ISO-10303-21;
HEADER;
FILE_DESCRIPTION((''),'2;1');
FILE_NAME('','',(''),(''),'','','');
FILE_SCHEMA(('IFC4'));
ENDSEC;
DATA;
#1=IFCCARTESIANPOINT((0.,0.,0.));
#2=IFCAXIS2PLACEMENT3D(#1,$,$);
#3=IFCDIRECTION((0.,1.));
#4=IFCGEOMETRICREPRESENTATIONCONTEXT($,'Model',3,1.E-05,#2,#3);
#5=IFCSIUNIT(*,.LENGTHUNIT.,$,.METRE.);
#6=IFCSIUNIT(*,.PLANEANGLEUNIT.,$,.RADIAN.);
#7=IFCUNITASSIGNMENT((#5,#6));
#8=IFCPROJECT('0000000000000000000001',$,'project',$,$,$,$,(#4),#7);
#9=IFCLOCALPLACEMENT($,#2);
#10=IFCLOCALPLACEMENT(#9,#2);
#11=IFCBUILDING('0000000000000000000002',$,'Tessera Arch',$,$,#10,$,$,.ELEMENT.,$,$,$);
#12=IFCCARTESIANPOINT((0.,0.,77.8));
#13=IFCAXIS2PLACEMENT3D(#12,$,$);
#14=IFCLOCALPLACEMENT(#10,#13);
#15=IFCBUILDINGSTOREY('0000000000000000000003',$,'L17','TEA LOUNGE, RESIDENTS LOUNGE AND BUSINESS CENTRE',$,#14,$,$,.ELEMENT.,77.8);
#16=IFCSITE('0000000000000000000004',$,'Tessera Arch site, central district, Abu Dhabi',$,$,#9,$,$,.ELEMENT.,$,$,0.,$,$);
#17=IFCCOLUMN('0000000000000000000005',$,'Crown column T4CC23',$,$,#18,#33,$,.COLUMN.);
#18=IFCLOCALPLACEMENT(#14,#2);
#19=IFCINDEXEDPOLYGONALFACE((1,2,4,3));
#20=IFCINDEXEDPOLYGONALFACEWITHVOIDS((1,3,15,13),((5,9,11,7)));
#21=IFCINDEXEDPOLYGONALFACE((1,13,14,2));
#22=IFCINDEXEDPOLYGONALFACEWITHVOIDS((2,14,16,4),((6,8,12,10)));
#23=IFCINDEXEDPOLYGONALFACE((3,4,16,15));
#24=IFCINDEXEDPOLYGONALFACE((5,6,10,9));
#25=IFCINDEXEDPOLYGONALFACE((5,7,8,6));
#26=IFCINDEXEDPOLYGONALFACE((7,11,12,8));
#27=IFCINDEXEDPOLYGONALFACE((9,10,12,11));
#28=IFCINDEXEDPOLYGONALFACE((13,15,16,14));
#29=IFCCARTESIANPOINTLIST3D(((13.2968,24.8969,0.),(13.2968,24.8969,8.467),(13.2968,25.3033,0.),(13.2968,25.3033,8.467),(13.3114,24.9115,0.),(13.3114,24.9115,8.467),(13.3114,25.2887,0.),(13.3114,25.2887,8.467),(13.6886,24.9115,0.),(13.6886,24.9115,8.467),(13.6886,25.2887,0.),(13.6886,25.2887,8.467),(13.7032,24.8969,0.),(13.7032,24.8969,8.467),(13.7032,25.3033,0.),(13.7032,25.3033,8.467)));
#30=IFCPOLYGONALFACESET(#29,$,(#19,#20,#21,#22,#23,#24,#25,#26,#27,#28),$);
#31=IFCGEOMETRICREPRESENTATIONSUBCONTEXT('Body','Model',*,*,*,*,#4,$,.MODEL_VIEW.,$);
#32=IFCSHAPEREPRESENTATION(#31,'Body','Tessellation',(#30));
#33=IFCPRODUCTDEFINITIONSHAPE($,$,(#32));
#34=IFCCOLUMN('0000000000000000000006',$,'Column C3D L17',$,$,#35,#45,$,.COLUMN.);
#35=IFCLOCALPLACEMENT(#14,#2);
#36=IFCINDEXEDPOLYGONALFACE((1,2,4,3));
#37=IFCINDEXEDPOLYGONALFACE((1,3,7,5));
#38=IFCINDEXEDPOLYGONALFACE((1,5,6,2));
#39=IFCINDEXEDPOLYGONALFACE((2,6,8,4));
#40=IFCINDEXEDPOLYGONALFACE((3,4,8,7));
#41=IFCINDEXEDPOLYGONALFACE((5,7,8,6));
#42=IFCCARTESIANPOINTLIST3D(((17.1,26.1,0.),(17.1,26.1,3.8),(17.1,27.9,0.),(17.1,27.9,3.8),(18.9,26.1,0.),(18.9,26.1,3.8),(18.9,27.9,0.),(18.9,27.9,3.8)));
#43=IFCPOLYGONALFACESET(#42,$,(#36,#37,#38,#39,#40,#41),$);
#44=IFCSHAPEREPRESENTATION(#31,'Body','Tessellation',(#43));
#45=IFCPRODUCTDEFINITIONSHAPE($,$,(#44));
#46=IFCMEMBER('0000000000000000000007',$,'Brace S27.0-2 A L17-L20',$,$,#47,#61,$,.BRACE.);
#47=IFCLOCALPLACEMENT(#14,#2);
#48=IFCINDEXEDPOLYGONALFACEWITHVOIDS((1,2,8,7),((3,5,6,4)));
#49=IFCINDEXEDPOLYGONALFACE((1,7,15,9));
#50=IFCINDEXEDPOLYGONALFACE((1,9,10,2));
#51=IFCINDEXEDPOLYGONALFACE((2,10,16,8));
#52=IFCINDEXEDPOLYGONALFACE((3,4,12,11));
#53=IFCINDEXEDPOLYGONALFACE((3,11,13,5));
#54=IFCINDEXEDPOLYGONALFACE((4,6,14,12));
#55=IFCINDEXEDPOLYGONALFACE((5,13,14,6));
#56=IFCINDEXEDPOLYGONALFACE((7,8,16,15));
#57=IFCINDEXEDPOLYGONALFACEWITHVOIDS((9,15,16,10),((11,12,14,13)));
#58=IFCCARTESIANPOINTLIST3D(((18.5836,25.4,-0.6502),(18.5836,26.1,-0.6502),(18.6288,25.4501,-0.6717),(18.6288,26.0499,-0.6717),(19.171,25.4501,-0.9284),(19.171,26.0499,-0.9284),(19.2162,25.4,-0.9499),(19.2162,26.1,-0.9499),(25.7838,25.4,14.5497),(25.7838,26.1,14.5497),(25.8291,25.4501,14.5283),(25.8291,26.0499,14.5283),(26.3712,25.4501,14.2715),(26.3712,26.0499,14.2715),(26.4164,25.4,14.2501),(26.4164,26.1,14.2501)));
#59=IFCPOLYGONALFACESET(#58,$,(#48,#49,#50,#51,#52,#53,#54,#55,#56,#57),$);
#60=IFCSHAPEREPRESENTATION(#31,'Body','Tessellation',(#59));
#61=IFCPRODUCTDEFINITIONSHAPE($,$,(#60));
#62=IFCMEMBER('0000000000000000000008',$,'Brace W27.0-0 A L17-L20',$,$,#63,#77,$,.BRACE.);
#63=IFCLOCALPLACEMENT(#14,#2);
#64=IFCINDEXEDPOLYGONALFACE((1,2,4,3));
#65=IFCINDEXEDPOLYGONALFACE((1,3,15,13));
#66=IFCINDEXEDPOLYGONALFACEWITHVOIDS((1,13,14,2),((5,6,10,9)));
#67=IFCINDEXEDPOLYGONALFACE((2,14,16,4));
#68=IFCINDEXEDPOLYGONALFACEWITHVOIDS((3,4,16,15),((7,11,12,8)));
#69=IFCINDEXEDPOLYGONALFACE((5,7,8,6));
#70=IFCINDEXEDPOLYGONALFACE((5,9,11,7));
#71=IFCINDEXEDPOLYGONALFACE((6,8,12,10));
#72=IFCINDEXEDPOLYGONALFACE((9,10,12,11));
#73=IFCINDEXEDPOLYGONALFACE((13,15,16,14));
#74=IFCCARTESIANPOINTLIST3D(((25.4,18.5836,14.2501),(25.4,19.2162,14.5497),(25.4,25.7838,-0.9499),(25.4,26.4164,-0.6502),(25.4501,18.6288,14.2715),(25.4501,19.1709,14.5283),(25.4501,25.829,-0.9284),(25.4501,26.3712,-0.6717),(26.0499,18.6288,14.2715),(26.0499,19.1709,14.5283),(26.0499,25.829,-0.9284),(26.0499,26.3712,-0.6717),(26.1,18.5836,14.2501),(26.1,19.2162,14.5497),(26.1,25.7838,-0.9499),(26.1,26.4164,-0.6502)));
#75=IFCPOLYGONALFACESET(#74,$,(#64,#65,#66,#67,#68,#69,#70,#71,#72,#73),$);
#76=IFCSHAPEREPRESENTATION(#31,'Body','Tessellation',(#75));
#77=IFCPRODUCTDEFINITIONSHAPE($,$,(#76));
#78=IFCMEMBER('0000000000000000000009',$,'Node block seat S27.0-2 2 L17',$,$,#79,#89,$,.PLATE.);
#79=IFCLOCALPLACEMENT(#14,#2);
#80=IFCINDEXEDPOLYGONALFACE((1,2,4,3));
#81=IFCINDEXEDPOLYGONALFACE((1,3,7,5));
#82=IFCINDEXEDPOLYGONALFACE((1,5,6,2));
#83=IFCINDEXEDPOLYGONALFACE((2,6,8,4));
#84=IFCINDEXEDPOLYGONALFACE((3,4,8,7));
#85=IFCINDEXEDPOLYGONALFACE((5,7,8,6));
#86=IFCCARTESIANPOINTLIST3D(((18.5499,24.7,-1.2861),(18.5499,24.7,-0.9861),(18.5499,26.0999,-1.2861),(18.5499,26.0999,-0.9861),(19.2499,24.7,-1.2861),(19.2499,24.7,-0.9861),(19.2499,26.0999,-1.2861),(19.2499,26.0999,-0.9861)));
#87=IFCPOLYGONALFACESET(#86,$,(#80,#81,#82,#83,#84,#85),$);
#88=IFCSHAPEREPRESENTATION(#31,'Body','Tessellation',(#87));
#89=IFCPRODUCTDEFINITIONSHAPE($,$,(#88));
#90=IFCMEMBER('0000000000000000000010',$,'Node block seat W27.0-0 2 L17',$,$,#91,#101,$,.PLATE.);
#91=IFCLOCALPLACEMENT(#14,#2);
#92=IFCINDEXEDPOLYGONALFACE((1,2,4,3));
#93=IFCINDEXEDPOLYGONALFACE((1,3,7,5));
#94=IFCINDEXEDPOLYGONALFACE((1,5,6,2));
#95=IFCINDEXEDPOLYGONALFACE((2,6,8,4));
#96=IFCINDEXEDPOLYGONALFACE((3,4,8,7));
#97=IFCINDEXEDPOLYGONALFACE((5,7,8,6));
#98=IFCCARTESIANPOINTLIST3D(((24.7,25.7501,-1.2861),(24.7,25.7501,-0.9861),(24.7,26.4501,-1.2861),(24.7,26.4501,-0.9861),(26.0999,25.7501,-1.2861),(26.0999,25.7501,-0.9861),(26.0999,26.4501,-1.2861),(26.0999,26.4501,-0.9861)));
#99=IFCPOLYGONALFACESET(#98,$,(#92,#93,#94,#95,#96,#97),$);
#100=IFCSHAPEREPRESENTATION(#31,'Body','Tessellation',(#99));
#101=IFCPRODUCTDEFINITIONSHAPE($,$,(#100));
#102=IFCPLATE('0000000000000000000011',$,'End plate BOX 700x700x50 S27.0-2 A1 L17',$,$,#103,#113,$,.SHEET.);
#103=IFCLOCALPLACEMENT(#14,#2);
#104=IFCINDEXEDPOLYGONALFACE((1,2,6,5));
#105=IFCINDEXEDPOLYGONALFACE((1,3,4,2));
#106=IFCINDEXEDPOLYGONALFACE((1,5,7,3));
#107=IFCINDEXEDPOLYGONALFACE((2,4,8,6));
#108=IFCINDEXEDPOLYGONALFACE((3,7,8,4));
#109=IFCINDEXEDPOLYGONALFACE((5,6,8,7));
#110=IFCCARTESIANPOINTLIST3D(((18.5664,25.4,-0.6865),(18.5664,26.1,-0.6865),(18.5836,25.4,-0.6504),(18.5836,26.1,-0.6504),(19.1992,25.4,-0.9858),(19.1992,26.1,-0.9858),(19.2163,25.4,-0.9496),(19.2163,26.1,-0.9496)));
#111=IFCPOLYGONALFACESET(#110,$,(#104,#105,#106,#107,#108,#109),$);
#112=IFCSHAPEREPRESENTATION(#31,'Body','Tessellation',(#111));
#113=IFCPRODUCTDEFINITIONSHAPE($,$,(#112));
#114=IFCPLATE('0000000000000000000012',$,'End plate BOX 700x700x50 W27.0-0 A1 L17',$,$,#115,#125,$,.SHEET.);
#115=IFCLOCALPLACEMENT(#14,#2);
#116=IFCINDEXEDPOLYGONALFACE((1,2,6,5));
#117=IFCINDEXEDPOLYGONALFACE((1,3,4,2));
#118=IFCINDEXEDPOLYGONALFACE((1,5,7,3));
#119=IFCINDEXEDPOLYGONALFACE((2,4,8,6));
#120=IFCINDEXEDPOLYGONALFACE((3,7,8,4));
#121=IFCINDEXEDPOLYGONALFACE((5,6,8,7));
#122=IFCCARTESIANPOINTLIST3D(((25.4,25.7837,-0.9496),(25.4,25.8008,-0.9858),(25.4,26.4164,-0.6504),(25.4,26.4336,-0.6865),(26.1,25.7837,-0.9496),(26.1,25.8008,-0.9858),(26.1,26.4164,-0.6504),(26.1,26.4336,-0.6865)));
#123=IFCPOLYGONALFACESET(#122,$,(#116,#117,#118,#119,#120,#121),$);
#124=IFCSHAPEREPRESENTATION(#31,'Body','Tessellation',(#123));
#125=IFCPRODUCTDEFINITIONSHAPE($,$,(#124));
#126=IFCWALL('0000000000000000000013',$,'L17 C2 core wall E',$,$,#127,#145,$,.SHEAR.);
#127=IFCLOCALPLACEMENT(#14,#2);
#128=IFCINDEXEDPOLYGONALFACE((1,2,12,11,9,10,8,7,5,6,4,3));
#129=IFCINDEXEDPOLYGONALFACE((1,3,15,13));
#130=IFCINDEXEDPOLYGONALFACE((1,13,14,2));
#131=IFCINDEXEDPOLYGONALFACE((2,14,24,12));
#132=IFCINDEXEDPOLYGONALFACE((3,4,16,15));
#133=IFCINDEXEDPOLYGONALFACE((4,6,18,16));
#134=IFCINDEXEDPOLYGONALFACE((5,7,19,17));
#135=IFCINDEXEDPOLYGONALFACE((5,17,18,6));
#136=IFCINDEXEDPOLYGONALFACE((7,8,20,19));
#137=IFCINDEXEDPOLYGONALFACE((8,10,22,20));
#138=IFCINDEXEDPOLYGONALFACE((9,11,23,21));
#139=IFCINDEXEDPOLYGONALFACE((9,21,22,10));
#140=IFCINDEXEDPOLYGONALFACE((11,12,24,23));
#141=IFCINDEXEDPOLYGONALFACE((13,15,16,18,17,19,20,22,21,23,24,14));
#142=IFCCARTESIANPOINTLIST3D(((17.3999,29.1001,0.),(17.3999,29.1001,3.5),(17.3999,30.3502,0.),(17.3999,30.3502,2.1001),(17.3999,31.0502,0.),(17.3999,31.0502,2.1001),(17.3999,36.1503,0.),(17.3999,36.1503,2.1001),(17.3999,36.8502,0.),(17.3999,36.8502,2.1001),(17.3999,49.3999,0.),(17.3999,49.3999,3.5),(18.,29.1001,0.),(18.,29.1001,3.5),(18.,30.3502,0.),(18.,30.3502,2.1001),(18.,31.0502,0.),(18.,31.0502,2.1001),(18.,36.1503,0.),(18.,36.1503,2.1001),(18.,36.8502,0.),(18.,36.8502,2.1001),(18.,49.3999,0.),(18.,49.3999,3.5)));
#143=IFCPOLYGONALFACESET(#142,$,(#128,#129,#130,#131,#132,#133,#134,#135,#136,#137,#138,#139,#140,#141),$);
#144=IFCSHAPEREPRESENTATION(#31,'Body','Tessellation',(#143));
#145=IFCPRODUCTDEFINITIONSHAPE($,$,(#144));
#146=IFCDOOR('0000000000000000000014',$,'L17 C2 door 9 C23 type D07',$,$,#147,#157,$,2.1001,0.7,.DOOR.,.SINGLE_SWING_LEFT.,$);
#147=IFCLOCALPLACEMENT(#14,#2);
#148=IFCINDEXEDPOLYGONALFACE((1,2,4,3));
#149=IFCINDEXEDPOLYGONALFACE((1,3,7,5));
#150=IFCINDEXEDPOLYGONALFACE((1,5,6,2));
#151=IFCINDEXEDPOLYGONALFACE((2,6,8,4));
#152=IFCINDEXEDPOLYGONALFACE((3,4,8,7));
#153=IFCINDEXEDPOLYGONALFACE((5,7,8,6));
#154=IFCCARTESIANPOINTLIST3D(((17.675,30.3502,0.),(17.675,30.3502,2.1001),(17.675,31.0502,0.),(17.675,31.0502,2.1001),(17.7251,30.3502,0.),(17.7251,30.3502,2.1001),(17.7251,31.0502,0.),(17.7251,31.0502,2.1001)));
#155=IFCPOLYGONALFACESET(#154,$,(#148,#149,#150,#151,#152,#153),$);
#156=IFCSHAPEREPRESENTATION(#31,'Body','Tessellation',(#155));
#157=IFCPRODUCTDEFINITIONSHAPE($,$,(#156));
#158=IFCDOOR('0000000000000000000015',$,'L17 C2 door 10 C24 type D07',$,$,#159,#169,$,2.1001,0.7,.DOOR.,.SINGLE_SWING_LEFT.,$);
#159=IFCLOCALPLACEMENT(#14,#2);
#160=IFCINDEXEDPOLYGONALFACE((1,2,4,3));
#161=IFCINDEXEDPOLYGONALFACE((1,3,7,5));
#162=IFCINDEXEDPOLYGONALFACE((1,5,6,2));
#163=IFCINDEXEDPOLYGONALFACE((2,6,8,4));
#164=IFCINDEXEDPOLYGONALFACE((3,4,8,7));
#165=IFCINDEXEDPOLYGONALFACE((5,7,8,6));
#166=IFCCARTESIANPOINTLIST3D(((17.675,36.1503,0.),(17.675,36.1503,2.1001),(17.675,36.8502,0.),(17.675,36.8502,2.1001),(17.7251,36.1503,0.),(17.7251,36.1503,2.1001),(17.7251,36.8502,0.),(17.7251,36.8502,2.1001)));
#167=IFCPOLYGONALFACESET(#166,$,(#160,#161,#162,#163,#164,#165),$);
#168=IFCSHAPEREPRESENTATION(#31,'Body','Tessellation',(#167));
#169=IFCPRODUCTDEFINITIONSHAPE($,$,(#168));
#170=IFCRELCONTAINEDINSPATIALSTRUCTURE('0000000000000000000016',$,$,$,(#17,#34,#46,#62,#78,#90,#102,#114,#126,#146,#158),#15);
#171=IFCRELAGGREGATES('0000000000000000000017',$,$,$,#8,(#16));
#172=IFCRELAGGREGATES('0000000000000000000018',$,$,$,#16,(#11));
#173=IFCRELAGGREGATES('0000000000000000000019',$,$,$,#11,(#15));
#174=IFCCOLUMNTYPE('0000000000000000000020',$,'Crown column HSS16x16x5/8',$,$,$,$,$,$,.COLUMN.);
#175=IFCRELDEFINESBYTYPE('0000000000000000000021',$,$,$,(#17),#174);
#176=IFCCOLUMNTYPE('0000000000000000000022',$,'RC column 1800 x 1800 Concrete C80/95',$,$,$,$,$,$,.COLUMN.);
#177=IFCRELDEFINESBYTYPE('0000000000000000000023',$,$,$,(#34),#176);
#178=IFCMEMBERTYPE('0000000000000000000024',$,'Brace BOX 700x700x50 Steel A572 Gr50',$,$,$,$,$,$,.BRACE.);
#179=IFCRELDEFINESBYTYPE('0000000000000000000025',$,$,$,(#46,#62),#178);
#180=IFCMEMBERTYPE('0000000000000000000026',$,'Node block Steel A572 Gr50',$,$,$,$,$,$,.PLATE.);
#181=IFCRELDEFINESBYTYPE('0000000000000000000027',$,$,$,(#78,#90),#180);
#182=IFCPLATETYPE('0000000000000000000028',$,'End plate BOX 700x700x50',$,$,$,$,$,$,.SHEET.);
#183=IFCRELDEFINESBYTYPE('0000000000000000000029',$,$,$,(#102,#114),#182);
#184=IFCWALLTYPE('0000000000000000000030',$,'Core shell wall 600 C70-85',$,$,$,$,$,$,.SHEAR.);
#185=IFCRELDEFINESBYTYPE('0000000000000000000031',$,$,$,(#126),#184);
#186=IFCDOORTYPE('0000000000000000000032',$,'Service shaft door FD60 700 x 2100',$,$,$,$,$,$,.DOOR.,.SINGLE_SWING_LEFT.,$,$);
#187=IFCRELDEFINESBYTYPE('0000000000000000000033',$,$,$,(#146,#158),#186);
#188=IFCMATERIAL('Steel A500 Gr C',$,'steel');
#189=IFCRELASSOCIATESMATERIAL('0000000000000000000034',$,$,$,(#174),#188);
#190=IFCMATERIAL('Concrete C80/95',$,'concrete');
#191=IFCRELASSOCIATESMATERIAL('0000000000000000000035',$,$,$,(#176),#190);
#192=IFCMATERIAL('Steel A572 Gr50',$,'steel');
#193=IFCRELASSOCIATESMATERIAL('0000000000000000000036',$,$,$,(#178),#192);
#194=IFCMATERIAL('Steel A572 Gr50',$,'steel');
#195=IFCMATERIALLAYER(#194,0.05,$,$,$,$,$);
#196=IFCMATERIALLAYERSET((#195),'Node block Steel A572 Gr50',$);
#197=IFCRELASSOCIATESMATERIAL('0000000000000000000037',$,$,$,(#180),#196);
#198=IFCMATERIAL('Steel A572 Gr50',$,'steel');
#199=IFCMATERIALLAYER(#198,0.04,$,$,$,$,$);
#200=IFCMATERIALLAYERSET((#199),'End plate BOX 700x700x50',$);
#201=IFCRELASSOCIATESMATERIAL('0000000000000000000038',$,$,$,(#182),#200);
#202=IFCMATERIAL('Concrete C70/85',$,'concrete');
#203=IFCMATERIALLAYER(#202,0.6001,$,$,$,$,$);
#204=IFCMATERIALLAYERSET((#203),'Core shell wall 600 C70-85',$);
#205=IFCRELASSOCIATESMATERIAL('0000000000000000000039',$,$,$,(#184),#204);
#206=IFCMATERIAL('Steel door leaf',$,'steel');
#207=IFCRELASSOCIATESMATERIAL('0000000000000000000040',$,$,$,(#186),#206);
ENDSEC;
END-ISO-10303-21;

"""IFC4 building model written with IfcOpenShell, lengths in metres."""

from ifc_helpers import new_model, si_unit, direction, frame, frame_2d, origin, origin_2d, place, context, subcontext, project, spatial, rectangle, hollow_rectangle, extrude, material, layer, layer_set, material_profile, profile_set, type_object, element, fill, save


model = new_model("IFC4")

# Units and contexts
model_context = context("Model", 3, precision=1e-05, world=origin(), true_north=direction((0.0, 1.0)))
body_context = subcontext(model_context, "Body", "Model", "MODEL_VIEW")
ifc_project = project(units=[si_unit("LENGTHUNIT", "METRE"), si_unit("PLANEANGLEUNIT", "RADIAN")], contexts=[model_context])

# Site, building, storey
site_placement = place(None, origin())
site = spatial("IfcSite", under=ifc_project, at=site_placement, Name="Tessera Arch site, central district, Abu Dhabi", CompositionType="ELEMENT", RefElevation=0.0)
building_placement = place(site_placement, origin())
building = spatial("IfcBuilding", under=site, at=building_placement, Name="Tessera Arch", CompositionType="ELEMENT")
storey_placement = place(building_placement, frame((0.0, 0.0, 77.8)))
storey = spatial("IfcBuildingStorey", under=building, at=storey_placement, Name="L17", Description="TEA LOUNGE, RESIDENTS LOUNGE AND BUSINESS CENTRE", CompositionType="ELEMENT", Elevation=77.8)

# Columns
ifc_material_1 = material(Name="Steel A500 Gr C", Category="steel")
ifc_material_profile_1 = material_profile(ifc_material_1, hollow_rectangle(XDim=0.4065, YDim=0.4065, WallThickness=0.0146, at=origin_2d()), Name="HSS16x16x5/8")
ifc_profile_set_1 = profile_set([ifc_material_profile_1], Name="Steel A500 Gr C")
column_type_1 = type_object("IfcColumnType", Name="Crown column HSS16x16x5/8", PredefinedType="COLUMN", material=ifc_profile_set_1)
column_1_placement = place(storey_placement, frame((13.5, 25.1001, 0.0), z_axis=(0.0, 0.0, 1.0), x_axis=(1.0, 0.0, 0.0)))
element("IfcColumn", 1, at=column_1_placement, inside=storey, type_object=column_type_1, Name="Crown column T4CC23", PredefinedType="COLUMN", context=body_context, shape_type="SweptSolid", body=[
    extrude(hollow_rectangle(XDim=0.4065, YDim=0.4065, WallThickness=0.0146, at=origin_2d()), origin(), (0.0, 0.0, 1.0), 8.467),
])
ifc_material_2 = material(Name="Concrete C80/95", Category="concrete")
ifc_material_profile_2 = material_profile(ifc_material_2, rectangle(XDim=1.8, YDim=1.8, at=origin_2d()), Name="RC column 1800 x 1800 Concrete C80/95")
ifc_profile_set_2 = profile_set([ifc_material_profile_2], Name="Concrete C80/95")
column_type_2 = type_object("IfcColumnType", Name="RC column 1800 x 1800 Concrete C80/95", PredefinedType="COLUMN", material=ifc_profile_set_2)
column_2_placement = place(storey_placement, frame((18.0, 27.0, 0.0), z_axis=(0.0, 0.0, 1.0), x_axis=(1.0, 0.0, 0.0)))
element("IfcColumn", 2, at=column_2_placement, inside=storey, type_object=column_type_2, Name="Column C3D L17", PredefinedType="COLUMN", context=body_context, shape_type="SweptSolid", body=[
    extrude(rectangle(XDim=1.8, YDim=1.8, at=origin_2d()), origin(), (0.0, 0.0, 1.0), 3.8),
])

# Members
ifc_material_3 = material(Name="Steel A572 Gr50", Category="steel")
ifc_material_profile_3 = material_profile(ifc_material_3, hollow_rectangle(XDim=0.7, YDim=0.7, WallThickness=0.05, at=origin_2d()), Name="BOX 700x700x50")
ifc_profile_set_3 = profile_set([ifc_material_profile_3], Name="Steel A572 Gr50")
member_type_1 = type_object("IfcMemberType", Name="Brace BOX 700x700x50 Steel A572 Gr50", PredefinedType="BRACE", material=ifc_profile_set_3)
for number, where, z_axis, x_axis, name in (
    (3, (18.8999, 25.75, -0.8), (0.428097, 0.0, 0.903733), (0.0, 1.0, 0.0), "Brace S27.0-2 A L17-L20"),
    (4, (25.75, 26.1001, -0.8), (0.0, -0.428097, 0.903733), (1.0, 0.0, 0.0), "Brace W27.0-0 A L17-L20"),
):
    element("IfcMember", number, at=place(storey_placement, frame(where, z_axis=z_axis, x_axis=x_axis)), inside=storey, type_object=member_type_1, Name=name, PredefinedType="BRACE", context=body_context, shape_type="SweptSolid", body=[
        extrude(hollow_rectangle(XDim=0.7, YDim=0.7, WallThickness=0.05, at=origin_2d()), origin(), (0.0, 0.0, 1.0), 16.8191),
    ])
ifc_material_4 = material(Name="Steel A572 Gr50", Category="steel")
ifc_layer_1 = layer(ifc_material_4, 0.05)
ifc_layer_set_1 = layer_set([ifc_layer_1], Name="Node block Steel A572 Gr50")
member_type_2 = type_object("IfcMemberType", Name="Node block Steel A572 Gr50", PredefinedType="PLATE", material=ifc_layer_set_1)
for number, where, z_axis, x_axis, name in (
    (5, (18.8999, 25.3999, -1.2861), (0.0, 0.0, 1.0), (1.0, 0.0, 0.0), "Node block seat S27.0-2 2 L17"),
    (6, (25.3999, 26.1001, -1.2861), (0.0, 0.0, 1.0), (0.0, -1.0, 0.0), "Node block seat W27.0-0 2 L17"),
):
    element("IfcMember", number, at=place(storey_placement, frame(where, z_axis=z_axis, x_axis=x_axis)), inside=storey, type_object=member_type_2, Name=name, PredefinedType="PLATE", context=body_context, shape_type="SweptSolid", body=[
        extrude(rectangle(XDim=0.7, YDim=1.3999, at=origin_2d()), origin(), (0.0, 0.0, 1.0), 0.3),
    ])

# Plates
ifc_material_5 = material(Name="Steel A572 Gr50", Category="steel")
ifc_layer_2 = layer(ifc_material_5, 0.04)
ifc_layer_set_2 = layer_set([ifc_layer_2], Name="End plate BOX 700x700x50")
plate_type = type_object("IfcPlateType", Name="End plate BOX 700x700x50", PredefinedType="SHEET", material=ifc_layer_set_2)
for number, where, z_axis, x_axis, name in (
    (7, (18.8828, 25.75, -0.8362), (0.427561, 0.0, 0.903986), (0.0, 1.0, 0.0), "End plate BOX 700x700x50 S27.0-2 A1 L17"),
    (8, (25.75, 26.1172, -0.8362), (0.0, -0.427561, 0.903986), (1.0, 0.0, 0.0), "End plate BOX 700x700x50 W27.0-0 A1 L17"),
):
    element("IfcPlate", number, at=place(storey_placement, frame(where, z_axis=z_axis, x_axis=x_axis)), inside=storey, type_object=plate_type, Name=name, PredefinedType="SHEET", context=body_context, shape_type="SweptSolid", body=[
        extrude(rectangle(XDim=0.7, YDim=0.7, at=origin_2d()), origin(), (0.0, 0.0, 1.0), 0.04),
    ])

# Wall, openings, doors
ifc_material_6 = material(Name="Concrete C70/85", Category="concrete")
ifc_layer_3 = layer(ifc_material_6, 0.6001)
ifc_layer_set_3 = layer_set([ifc_layer_3], Name="Core shell wall 600 C70-85")
wall_type_1 = type_object("IfcWallType", Name="Core shell wall 600 C70-85", PredefinedType="SHEAR", material=ifc_layer_set_3)
wall_1_placement = place(storey_placement, frame((17.7, 29.1001, 0.0), z_axis=(0.0, 0.0, 1.0), x_axis=(0.0, 1.0, 0.0)))
wall_1 = element("IfcWall", 9, at=wall_1_placement, inside=storey, type_object=wall_type_1, Name="L17 C2 core wall E", PredefinedType="SHEAR", context=body_context, shape_type="SweptSolid", body=[
    extrude(rectangle(XDim=20.2998, YDim=0.6001, at=frame_2d((10.1499, 0.0))), origin(), (0.0, 0.0, 1.0), 3.5),
])
opening_1_placement = place(wall_1_placement, frame((1.25, 0.0, 0.0)))
opening_1 = element("IfcOpeningElement", 10, at=opening_1_placement, cuts=wall_1, PredefinedType="OPENING", context=body_context, shape_type="SweptSolid", body=[
    extrude(rectangle(XDim=0.7, YDim=2.1001, at=frame_2d((0.3501, 1.05))), frame((0.0, 0.3101, 0.0), z_axis=(0.0, -1.0, 0.0), x_axis=(1.0, 0.0, 0.0)), (0.0, 0.0, 1.0), 0.6201),
])
opening_2_placement = place(wall_1_placement, frame((7.05, 0.0, 0.0)))
opening_2 = element("IfcOpeningElement", 11, at=opening_2_placement, cuts=wall_1, PredefinedType="OPENING", context=body_context, shape_type="SweptSolid", body=[
    extrude(rectangle(XDim=0.7, YDim=2.1001, at=frame_2d((0.3501, 1.05))), frame((0.0, 0.3101, 0.0), z_axis=(0.0, -1.0, 0.0), x_axis=(1.0, 0.0, 0.0)), (0.0, 0.0, 1.0), 0.6201),
])
ifc_material_7 = material(Name="Steel door leaf", Category="steel")
door_type = type_object("IfcDoorType", Name="Service shaft door FD60 700 x 2100", OperationType="SINGLE_SWING_LEFT", PredefinedType="DOOR", material=ifc_material_7)
door_1_placement = place(opening_1_placement, origin())
door_1 = element("IfcDoor", 12, at=door_1_placement, inside=storey, type_object=door_type, Name="L17 C2 door 9 C23 type D07", OperationType="SINGLE_SWING_LEFT", OverallHeight=2.1001, OverallWidth=0.7, PredefinedType="DOOR", context=body_context, shape_type="SweptSolid", body=[
    extrude(rectangle(XDim=0.7, YDim=2.1001, at=frame_2d((0.3501, 1.05))), frame((0.0, 0.0249, 0.0), z_axis=(0.0, -1.0, 0.0), x_axis=(1.0, 0.0, 0.0)), (0.0, 0.0, 1.0), 0.05),
])
fill(opening_1, door_1)
door_2_placement = place(opening_2_placement, origin())
door_2 = element("IfcDoor", 13, at=door_2_placement, inside=storey, type_object=door_type, Name="L17 C2 door 10 C24 type D07", OperationType="SINGLE_SWING_LEFT", OverallHeight=2.1001, OverallWidth=0.7, PredefinedType="DOOR", context=body_context, shape_type="SweptSolid", body=[
    extrude(rectangle(XDim=0.7, YDim=2.1001, at=frame_2d((0.3501, 1.05))), frame((0.0, 0.0249, 0.0), z_axis=(0.0, -1.0, 0.0), x_axis=(1.0, 0.0, 0.0)), (0.0, 0.0, 1.0), 0.05),
])
fill(opening_2, door_2)

save(model, "model.ifc")
